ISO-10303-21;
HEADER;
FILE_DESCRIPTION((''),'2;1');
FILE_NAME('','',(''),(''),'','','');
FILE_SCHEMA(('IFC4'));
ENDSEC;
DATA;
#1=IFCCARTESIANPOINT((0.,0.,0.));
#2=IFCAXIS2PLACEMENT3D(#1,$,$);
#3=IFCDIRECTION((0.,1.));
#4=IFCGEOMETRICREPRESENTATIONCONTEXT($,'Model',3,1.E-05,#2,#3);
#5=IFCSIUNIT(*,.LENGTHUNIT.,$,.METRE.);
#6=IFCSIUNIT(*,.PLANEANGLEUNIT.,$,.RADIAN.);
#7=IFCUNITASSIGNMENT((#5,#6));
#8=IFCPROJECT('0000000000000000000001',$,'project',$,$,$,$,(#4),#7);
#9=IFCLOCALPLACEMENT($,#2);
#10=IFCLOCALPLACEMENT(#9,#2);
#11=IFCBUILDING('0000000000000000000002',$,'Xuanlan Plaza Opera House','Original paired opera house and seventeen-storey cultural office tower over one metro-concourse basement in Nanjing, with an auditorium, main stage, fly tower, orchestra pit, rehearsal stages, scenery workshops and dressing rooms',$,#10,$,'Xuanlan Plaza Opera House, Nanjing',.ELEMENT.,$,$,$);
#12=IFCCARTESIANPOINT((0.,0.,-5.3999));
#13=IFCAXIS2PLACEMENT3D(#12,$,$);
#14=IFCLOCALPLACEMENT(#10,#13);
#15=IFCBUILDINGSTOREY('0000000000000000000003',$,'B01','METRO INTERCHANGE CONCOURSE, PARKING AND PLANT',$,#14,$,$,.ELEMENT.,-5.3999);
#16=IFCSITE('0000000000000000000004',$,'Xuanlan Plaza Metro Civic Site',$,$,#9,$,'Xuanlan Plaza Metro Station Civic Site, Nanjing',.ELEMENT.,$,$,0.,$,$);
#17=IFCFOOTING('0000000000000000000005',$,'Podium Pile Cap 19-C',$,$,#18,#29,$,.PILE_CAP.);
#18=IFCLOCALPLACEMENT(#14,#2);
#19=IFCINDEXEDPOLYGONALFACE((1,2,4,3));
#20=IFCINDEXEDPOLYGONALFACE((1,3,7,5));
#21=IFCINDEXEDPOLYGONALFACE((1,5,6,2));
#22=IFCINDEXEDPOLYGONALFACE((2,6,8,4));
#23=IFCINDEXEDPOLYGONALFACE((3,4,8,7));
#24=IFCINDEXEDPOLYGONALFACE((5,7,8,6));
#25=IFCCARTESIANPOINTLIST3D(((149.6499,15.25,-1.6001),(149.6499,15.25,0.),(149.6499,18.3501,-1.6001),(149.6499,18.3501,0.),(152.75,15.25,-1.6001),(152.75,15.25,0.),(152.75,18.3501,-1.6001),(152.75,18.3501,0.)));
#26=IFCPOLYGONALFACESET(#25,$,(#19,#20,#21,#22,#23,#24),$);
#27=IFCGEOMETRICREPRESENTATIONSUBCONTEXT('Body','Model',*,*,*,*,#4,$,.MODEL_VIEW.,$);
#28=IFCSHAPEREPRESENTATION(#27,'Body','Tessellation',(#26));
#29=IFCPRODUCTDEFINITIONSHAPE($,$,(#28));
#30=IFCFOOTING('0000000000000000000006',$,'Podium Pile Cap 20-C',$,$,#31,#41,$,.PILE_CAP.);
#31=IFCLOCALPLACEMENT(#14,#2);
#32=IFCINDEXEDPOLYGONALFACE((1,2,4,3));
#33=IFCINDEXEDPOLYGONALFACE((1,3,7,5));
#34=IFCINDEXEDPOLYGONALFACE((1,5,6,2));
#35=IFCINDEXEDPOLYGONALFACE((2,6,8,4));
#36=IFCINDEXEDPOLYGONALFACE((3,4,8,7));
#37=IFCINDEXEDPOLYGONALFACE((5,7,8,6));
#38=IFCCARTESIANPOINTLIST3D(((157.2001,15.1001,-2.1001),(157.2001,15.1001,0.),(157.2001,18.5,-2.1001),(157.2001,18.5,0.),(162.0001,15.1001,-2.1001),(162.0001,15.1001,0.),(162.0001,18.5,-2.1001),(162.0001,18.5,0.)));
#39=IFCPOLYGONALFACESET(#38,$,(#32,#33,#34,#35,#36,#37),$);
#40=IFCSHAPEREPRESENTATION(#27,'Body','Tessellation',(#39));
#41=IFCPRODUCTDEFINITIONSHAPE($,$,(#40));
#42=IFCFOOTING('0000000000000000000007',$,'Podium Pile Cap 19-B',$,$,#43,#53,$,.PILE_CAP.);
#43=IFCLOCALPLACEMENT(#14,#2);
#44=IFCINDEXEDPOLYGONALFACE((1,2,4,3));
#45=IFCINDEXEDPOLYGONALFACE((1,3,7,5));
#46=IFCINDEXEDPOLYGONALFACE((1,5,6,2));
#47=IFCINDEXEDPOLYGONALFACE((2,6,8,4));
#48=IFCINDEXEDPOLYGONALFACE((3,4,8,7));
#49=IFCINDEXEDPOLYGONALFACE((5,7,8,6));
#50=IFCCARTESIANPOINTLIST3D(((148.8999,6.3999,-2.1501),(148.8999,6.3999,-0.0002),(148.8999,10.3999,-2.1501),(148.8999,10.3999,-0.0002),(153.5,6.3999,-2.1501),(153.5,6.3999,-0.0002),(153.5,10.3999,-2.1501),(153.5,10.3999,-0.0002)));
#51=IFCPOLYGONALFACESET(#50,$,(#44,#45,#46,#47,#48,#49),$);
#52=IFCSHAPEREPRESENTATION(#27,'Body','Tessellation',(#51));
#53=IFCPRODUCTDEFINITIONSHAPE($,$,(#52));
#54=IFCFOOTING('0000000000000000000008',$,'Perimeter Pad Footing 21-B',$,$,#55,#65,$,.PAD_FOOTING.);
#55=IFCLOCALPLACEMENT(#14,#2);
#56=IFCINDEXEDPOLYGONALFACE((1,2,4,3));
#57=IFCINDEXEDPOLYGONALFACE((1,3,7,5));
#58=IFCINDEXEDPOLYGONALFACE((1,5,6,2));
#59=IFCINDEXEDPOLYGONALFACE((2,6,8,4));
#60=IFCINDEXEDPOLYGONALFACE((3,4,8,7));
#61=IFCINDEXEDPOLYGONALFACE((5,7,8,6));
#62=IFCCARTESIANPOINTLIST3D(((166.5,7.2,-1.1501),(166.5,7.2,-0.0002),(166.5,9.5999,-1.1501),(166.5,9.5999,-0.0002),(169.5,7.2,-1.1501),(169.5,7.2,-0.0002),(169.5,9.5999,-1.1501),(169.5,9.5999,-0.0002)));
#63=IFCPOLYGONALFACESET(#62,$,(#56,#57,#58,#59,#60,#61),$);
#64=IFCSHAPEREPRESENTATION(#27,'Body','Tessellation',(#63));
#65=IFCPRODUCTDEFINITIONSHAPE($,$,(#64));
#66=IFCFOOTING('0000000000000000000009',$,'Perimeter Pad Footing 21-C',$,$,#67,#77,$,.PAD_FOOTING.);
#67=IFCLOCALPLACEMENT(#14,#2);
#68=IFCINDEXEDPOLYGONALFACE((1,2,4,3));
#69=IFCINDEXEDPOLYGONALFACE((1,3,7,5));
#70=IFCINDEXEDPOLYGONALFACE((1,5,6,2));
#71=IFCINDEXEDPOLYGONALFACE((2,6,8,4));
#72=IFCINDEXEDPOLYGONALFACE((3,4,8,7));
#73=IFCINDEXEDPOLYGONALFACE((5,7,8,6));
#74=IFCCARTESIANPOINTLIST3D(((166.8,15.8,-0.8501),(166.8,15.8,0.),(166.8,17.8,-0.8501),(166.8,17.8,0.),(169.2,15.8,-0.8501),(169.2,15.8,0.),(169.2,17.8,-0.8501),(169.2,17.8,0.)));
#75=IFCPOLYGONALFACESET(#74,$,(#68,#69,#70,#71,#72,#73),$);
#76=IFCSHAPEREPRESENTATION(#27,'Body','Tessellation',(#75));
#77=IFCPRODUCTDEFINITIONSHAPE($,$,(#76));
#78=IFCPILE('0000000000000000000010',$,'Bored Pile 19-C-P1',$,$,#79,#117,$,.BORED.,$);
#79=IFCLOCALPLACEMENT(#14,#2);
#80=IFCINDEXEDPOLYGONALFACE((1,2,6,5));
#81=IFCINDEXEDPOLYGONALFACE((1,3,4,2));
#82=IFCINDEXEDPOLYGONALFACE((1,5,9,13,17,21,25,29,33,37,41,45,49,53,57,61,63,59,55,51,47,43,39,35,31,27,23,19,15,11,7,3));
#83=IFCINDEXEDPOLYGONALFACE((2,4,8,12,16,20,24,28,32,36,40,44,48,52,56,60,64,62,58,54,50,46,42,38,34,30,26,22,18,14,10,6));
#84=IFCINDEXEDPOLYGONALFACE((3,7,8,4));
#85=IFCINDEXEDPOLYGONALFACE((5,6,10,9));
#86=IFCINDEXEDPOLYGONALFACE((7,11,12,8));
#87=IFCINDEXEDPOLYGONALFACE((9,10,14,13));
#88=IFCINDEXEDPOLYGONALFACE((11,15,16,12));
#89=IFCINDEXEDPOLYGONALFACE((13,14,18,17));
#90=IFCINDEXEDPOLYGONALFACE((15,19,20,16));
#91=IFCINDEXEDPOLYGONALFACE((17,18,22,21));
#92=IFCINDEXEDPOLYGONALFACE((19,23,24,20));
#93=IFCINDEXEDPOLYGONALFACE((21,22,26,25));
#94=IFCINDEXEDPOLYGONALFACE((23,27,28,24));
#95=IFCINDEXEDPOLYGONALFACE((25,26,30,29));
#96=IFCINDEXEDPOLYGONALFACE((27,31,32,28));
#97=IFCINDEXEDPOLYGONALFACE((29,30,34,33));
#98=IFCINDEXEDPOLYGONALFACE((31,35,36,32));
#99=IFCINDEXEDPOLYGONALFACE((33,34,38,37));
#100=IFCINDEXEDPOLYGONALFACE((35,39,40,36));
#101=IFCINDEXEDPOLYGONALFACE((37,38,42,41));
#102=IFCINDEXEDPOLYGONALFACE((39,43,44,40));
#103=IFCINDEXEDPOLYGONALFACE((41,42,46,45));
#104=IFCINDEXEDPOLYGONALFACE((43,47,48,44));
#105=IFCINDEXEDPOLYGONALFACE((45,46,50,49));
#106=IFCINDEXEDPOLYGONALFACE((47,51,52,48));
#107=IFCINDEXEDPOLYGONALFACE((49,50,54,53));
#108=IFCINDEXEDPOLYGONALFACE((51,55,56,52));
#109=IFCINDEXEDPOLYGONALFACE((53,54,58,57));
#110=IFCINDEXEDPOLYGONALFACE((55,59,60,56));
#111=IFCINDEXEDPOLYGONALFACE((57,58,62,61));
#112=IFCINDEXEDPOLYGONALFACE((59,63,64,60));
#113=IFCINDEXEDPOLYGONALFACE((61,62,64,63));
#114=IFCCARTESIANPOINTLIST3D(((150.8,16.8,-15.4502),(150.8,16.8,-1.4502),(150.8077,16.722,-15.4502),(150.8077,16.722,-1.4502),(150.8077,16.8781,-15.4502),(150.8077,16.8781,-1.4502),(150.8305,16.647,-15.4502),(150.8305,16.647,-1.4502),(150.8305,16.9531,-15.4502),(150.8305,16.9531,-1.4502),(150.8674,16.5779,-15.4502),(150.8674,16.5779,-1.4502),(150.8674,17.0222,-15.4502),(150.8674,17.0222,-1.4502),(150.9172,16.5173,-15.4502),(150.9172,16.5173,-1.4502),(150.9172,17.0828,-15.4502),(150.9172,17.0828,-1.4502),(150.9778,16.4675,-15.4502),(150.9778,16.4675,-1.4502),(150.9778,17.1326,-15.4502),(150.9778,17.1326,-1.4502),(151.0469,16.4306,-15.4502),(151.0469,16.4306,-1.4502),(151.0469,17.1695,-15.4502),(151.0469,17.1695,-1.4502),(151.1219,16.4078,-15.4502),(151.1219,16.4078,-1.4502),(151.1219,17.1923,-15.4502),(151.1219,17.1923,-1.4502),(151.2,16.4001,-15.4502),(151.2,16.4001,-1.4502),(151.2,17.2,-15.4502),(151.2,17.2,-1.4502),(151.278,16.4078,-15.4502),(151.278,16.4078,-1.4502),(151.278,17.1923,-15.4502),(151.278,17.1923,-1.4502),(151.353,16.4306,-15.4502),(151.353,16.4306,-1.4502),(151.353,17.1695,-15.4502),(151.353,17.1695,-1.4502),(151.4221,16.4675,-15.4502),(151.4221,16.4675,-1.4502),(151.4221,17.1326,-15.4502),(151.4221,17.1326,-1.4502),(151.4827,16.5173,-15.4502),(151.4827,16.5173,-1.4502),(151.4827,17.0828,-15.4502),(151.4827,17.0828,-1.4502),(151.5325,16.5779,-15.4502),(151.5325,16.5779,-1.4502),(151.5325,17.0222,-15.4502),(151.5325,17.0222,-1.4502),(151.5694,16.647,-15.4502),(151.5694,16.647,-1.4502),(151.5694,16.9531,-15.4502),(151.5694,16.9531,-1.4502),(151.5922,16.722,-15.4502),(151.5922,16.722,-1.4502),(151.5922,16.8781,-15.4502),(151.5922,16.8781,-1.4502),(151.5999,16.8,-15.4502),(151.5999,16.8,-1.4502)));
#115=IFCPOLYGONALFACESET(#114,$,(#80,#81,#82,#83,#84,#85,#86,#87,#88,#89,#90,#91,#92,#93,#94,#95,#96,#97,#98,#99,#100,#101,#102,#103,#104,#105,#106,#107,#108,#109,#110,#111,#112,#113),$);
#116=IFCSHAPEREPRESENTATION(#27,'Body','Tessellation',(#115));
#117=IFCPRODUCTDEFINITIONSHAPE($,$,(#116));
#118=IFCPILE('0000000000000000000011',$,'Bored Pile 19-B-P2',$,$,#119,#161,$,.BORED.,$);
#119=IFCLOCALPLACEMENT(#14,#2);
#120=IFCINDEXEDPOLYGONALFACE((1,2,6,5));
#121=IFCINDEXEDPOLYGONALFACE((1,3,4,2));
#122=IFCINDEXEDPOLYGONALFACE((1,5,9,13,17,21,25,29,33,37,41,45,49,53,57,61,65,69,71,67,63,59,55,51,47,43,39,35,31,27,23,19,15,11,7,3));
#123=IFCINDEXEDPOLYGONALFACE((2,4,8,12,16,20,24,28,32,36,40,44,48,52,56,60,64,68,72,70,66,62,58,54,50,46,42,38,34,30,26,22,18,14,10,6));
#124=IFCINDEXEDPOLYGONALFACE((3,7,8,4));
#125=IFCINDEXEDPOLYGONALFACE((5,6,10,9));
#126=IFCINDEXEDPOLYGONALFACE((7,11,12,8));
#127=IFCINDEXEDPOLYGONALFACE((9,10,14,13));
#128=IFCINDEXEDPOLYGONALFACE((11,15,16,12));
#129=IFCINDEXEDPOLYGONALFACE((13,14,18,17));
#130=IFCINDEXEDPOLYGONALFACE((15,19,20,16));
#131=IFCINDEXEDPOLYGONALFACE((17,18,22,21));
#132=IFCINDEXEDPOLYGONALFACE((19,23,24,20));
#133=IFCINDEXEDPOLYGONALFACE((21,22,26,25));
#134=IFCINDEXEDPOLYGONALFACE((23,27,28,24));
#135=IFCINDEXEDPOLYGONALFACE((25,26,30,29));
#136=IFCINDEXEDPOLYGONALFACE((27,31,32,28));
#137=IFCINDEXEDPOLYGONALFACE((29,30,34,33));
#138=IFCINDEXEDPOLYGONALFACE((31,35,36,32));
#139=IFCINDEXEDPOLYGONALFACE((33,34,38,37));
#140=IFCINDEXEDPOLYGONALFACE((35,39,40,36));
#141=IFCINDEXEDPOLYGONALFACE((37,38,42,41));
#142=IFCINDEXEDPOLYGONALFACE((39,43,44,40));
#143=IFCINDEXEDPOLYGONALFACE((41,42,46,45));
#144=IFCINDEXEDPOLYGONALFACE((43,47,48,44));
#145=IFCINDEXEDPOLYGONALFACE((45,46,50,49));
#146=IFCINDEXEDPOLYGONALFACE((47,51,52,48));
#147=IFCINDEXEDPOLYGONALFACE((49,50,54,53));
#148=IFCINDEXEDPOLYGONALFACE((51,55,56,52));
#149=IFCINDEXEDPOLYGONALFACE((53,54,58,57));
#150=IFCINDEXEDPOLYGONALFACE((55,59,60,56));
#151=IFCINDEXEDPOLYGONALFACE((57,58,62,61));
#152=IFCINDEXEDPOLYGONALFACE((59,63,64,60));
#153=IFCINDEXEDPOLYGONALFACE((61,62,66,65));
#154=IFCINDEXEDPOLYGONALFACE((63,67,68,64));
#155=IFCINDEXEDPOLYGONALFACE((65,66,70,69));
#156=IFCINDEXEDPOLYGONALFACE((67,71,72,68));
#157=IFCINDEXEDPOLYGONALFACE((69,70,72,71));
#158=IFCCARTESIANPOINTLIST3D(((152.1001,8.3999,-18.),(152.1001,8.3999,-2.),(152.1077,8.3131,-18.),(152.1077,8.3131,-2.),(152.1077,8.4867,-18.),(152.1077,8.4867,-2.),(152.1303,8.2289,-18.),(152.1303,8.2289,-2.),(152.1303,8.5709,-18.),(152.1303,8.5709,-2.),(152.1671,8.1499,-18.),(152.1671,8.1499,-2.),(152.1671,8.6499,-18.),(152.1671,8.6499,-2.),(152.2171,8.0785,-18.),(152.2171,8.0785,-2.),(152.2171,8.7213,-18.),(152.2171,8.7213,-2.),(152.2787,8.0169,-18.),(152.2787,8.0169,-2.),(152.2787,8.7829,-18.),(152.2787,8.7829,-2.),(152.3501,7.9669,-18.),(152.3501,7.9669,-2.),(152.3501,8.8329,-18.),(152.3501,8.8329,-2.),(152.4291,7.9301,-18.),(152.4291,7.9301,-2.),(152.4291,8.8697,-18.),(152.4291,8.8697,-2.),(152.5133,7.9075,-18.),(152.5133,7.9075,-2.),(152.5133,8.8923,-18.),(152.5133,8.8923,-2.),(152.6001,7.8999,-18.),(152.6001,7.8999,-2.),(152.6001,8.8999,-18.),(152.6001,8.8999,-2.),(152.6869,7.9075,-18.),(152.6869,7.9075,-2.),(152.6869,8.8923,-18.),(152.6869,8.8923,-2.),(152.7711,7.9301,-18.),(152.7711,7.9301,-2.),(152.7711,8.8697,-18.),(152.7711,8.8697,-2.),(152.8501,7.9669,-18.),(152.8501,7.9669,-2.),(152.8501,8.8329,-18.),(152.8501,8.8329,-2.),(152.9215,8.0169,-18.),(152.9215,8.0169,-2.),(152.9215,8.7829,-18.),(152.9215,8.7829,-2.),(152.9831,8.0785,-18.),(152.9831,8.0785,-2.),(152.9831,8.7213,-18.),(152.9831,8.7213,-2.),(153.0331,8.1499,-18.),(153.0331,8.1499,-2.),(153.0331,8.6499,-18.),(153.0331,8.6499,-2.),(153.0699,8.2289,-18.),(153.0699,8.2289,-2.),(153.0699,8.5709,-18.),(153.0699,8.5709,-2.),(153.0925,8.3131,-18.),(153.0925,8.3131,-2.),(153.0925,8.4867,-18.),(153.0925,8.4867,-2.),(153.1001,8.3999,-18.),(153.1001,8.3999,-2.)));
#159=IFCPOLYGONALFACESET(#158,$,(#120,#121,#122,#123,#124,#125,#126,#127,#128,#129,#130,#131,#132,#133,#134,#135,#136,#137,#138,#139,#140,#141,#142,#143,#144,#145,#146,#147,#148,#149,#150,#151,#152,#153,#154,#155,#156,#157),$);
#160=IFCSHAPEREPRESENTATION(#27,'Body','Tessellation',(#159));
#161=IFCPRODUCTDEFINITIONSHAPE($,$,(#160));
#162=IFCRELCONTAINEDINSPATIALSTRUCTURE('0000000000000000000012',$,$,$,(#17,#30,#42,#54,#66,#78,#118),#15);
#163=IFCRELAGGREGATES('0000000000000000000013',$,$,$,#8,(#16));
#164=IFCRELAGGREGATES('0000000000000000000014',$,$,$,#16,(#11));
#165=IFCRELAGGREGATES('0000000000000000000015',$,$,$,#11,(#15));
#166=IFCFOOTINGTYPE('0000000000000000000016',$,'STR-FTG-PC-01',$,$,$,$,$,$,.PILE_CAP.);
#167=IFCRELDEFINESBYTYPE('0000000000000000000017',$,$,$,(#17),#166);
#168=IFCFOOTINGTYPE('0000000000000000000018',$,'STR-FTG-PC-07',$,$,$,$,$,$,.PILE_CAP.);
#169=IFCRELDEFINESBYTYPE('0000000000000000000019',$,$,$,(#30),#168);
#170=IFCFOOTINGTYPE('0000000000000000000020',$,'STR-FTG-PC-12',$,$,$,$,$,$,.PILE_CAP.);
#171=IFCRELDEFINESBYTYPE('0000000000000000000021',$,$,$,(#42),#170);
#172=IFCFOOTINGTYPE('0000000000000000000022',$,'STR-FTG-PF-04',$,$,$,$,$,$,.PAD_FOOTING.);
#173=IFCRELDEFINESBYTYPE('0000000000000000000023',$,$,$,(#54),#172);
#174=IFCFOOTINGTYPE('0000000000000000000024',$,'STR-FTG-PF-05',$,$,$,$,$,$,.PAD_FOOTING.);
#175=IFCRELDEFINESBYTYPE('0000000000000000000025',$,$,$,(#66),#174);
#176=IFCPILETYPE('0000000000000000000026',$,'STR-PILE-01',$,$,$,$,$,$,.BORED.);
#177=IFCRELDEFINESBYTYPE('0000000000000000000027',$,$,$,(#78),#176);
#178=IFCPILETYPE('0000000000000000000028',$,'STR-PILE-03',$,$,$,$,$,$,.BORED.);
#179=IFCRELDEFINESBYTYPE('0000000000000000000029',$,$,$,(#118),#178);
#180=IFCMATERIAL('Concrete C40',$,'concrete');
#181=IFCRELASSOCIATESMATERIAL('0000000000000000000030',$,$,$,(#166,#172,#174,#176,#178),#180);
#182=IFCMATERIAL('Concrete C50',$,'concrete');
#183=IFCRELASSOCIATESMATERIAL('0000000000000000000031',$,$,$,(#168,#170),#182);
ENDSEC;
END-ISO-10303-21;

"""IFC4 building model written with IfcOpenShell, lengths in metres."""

from ifc_helpers import new_model, si_unit, direction, frame, origin, origin_2d, place, context, subcontext, project, spatial, rectangle, circle, extrude, material, material_profile, profile_set, type_object, element, save


model = new_model("IFC4")

# Units and contexts
model_context = context("Model", 3, precision=1e-05, world=origin(), true_north=direction((0.0, 1.0)))
body_context = subcontext(model_context, "Body", "Model", "MODEL_VIEW")
ifc_project = project(units=[si_unit("LENGTHUNIT", "METRE"), si_unit("PLANEANGLEUNIT", "RADIAN")], contexts=[model_context])

# Site, building, storey
site_placement = place(None, origin())
site = spatial("IfcSite", under=ifc_project, at=site_placement, Name="Xuanlan Plaza Metro Civic Site", LongName="Xuanlan Plaza Metro Station Civic Site, Nanjing", CompositionType="ELEMENT", RefElevation=0.0)
building_placement = place(site_placement, origin())
building = spatial("IfcBuilding", under=site, at=building_placement, Name="Xuanlan Plaza Opera House", Description="Original paired opera house and seventeen-storey cultural office tower over one metro-concourse basement in Nanjing, with an auditorium, main stage, fly tower, orchestra pit, rehearsal stages, scenery workshops and dressing rooms", LongName="Xuanlan Plaza Opera House, Nanjing", CompositionType="ELEMENT")
storey_placement = place(building_placement, frame((0.0, 0.0, -5.3999)))
storey = spatial("IfcBuildingStorey", under=building, at=storey_placement, Name="B01", Description="METRO INTERCHANGE CONCOURSE, PARKING AND PLANT", CompositionType="ELEMENT", Elevation=-5.3999)

# Footings
ifc_material_1 = material(Name="Concrete C40", Category="concrete")
footing_type_1 = type_object("IfcFootingType", Name="STR-FTG-PC-01", PredefinedType="PILE_CAP", material=ifc_material_1)
footing_1_placement = place(storey_placement, frame((151.2, 16.8, -1.6001), z_axis=(0.0, 0.0, 1.0), x_axis=(1.0, 0.0, 0.0)))
element("IfcFooting", 1, at=footing_1_placement, inside=storey, type_object=footing_type_1, Name="Podium Pile Cap 19-C", PredefinedType="PILE_CAP", context=body_context, shape_type="SweptSolid", body=[
    extrude(rectangle(XDim=3.1001, YDim=3.1001, at=origin_2d()), origin(), (0.0, 0.0, 1.0), 1.6001),
])
ifc_material_2 = material(Name="Concrete C50", Category="concrete")
footing_type_2 = type_object("IfcFootingType", Name="STR-FTG-PC-07", PredefinedType="PILE_CAP", material=ifc_material_2)
footing_2_placement = place(storey_placement, frame((159.6001, 16.8, -2.1001), z_axis=(0.0, 0.0, 1.0), x_axis=(1.0, 0.0, 0.0)))
element("IfcFooting", 2, at=footing_2_placement, inside=storey, type_object=footing_type_2, Name="Podium Pile Cap 20-C", PredefinedType="PILE_CAP", context=body_context, shape_type="SweptSolid", body=[
    extrude(rectangle(XDim=4.8, YDim=3.3999, at=origin_2d()), origin(), (0.0, 0.0, 1.0), 2.1001),
])
footing_type_3 = type_object("IfcFootingType", Name="STR-FTG-PC-12", PredefinedType="PILE_CAP", material=ifc_material_2)
footing_3_placement = place(storey_placement, frame((151.2, 8.3999, -2.1501), z_axis=(0.0, 0.0, 1.0), x_axis=(1.0, 0.0, 0.0)))
element("IfcFooting", 3, at=footing_3_placement, inside=storey, type_object=footing_type_3, Name="Podium Pile Cap 19-B", PredefinedType="PILE_CAP", context=body_context, shape_type="SweptSolid", body=[
    extrude(rectangle(XDim=4.6001, YDim=4.0, at=origin_2d()), origin(), (0.0, 0.0, 1.0), 2.1499),
])
footing_type_4 = type_object("IfcFootingType", Name="STR-FTG-PF-04", PredefinedType="PAD_FOOTING", material=ifc_material_1)
footing_4_placement = place(storey_placement, frame((168.0, 8.3999, -1.1501), z_axis=(0.0, 0.0, 1.0), x_axis=(1.0, 0.0, 0.0)))
element("IfcFooting", 4, at=footing_4_placement, inside=storey, type_object=footing_type_4, Name="Perimeter Pad Footing 21-B", PredefinedType="PAD_FOOTING", context=body_context, shape_type="SweptSolid", body=[
    extrude(rectangle(XDim=3.0, YDim=2.3999, at=origin_2d()), origin(), (0.0, 0.0, 1.0), 1.1499),
])
footing_type_5 = type_object("IfcFootingType", Name="STR-FTG-PF-05", PredefinedType="PAD_FOOTING", material=ifc_material_1)
footing_5_placement = place(storey_placement, frame((168.0, 16.8, -0.8501), z_axis=(0.0, 0.0, 1.0), x_axis=(1.0, 0.0, 0.0)))
element("IfcFooting", 5, at=footing_5_placement, inside=storey, type_object=footing_type_5, Name="Perimeter Pad Footing 21-C", PredefinedType="PAD_FOOTING", context=body_context, shape_type="SweptSolid", body=[
    extrude(rectangle(XDim=2.3999, YDim=2.0, at=origin_2d()), origin(), (0.0, 0.0, 1.0), 0.8501),
])

# Piles
ifc_material_profile_1 = material_profile(ifc_material_1, circle(Radius=0.3999, at=origin_2d()), Name="PILE D800")
ifc_profile_set_1 = profile_set([ifc_material_profile_1], Name="Concrete C40")
pile_type_1 = type_object("IfcPileType", Name="STR-PILE-01", PredefinedType="BORED", material=ifc_profile_set_1)
pile_placement = place(storey_placement, frame((151.2, 16.8, -1.4502), z_axis=(0.0, 0.0, -1.0), x_axis=(1.0, 0.0, 0.0)))
element("IfcPile", 6, at=pile_placement, inside=storey, type_object=pile_type_1, Name="Bored Pile 19-C-P1", PredefinedType="BORED", context=body_context, shape_type="SweptSolid", body=[
    extrude(circle(Radius=0.3999, at=origin_2d()), origin(), (0.0, 0.0, 1.0), 14.0),
])
ifc_material_profile_2 = material_profile(ifc_material_1, circle(Radius=0.5, at=origin_2d()), Name="PILE D1000")
ifc_profile_set_2 = profile_set([ifc_material_profile_2], Name="Concrete C40")
pile_type_2 = type_object("IfcPileType", Name="STR-PILE-03", PredefinedType="BORED", material=ifc_profile_set_2)
for number, where, z_axis, x_axis, name in (
    (7, (152.6001, 8.3999, -2.0), (0.0, 0.0, -1.0), (1.0, 0.0, 0.0), "Bored Pile 19-B-P2"),
):
    element("IfcPile", number, at=place(storey_placement, frame(where, z_axis=z_axis, x_axis=x_axis)), inside=storey, type_object=pile_type_2, Name=name, PredefinedType="BORED", context=body_context, shape_type="SweptSolid", body=[
        extrude(circle(Radius=0.5, at=origin_2d()), origin(), (0.0, 0.0, 1.0), 16.0),
    ])

save(model, "model.ifc")
